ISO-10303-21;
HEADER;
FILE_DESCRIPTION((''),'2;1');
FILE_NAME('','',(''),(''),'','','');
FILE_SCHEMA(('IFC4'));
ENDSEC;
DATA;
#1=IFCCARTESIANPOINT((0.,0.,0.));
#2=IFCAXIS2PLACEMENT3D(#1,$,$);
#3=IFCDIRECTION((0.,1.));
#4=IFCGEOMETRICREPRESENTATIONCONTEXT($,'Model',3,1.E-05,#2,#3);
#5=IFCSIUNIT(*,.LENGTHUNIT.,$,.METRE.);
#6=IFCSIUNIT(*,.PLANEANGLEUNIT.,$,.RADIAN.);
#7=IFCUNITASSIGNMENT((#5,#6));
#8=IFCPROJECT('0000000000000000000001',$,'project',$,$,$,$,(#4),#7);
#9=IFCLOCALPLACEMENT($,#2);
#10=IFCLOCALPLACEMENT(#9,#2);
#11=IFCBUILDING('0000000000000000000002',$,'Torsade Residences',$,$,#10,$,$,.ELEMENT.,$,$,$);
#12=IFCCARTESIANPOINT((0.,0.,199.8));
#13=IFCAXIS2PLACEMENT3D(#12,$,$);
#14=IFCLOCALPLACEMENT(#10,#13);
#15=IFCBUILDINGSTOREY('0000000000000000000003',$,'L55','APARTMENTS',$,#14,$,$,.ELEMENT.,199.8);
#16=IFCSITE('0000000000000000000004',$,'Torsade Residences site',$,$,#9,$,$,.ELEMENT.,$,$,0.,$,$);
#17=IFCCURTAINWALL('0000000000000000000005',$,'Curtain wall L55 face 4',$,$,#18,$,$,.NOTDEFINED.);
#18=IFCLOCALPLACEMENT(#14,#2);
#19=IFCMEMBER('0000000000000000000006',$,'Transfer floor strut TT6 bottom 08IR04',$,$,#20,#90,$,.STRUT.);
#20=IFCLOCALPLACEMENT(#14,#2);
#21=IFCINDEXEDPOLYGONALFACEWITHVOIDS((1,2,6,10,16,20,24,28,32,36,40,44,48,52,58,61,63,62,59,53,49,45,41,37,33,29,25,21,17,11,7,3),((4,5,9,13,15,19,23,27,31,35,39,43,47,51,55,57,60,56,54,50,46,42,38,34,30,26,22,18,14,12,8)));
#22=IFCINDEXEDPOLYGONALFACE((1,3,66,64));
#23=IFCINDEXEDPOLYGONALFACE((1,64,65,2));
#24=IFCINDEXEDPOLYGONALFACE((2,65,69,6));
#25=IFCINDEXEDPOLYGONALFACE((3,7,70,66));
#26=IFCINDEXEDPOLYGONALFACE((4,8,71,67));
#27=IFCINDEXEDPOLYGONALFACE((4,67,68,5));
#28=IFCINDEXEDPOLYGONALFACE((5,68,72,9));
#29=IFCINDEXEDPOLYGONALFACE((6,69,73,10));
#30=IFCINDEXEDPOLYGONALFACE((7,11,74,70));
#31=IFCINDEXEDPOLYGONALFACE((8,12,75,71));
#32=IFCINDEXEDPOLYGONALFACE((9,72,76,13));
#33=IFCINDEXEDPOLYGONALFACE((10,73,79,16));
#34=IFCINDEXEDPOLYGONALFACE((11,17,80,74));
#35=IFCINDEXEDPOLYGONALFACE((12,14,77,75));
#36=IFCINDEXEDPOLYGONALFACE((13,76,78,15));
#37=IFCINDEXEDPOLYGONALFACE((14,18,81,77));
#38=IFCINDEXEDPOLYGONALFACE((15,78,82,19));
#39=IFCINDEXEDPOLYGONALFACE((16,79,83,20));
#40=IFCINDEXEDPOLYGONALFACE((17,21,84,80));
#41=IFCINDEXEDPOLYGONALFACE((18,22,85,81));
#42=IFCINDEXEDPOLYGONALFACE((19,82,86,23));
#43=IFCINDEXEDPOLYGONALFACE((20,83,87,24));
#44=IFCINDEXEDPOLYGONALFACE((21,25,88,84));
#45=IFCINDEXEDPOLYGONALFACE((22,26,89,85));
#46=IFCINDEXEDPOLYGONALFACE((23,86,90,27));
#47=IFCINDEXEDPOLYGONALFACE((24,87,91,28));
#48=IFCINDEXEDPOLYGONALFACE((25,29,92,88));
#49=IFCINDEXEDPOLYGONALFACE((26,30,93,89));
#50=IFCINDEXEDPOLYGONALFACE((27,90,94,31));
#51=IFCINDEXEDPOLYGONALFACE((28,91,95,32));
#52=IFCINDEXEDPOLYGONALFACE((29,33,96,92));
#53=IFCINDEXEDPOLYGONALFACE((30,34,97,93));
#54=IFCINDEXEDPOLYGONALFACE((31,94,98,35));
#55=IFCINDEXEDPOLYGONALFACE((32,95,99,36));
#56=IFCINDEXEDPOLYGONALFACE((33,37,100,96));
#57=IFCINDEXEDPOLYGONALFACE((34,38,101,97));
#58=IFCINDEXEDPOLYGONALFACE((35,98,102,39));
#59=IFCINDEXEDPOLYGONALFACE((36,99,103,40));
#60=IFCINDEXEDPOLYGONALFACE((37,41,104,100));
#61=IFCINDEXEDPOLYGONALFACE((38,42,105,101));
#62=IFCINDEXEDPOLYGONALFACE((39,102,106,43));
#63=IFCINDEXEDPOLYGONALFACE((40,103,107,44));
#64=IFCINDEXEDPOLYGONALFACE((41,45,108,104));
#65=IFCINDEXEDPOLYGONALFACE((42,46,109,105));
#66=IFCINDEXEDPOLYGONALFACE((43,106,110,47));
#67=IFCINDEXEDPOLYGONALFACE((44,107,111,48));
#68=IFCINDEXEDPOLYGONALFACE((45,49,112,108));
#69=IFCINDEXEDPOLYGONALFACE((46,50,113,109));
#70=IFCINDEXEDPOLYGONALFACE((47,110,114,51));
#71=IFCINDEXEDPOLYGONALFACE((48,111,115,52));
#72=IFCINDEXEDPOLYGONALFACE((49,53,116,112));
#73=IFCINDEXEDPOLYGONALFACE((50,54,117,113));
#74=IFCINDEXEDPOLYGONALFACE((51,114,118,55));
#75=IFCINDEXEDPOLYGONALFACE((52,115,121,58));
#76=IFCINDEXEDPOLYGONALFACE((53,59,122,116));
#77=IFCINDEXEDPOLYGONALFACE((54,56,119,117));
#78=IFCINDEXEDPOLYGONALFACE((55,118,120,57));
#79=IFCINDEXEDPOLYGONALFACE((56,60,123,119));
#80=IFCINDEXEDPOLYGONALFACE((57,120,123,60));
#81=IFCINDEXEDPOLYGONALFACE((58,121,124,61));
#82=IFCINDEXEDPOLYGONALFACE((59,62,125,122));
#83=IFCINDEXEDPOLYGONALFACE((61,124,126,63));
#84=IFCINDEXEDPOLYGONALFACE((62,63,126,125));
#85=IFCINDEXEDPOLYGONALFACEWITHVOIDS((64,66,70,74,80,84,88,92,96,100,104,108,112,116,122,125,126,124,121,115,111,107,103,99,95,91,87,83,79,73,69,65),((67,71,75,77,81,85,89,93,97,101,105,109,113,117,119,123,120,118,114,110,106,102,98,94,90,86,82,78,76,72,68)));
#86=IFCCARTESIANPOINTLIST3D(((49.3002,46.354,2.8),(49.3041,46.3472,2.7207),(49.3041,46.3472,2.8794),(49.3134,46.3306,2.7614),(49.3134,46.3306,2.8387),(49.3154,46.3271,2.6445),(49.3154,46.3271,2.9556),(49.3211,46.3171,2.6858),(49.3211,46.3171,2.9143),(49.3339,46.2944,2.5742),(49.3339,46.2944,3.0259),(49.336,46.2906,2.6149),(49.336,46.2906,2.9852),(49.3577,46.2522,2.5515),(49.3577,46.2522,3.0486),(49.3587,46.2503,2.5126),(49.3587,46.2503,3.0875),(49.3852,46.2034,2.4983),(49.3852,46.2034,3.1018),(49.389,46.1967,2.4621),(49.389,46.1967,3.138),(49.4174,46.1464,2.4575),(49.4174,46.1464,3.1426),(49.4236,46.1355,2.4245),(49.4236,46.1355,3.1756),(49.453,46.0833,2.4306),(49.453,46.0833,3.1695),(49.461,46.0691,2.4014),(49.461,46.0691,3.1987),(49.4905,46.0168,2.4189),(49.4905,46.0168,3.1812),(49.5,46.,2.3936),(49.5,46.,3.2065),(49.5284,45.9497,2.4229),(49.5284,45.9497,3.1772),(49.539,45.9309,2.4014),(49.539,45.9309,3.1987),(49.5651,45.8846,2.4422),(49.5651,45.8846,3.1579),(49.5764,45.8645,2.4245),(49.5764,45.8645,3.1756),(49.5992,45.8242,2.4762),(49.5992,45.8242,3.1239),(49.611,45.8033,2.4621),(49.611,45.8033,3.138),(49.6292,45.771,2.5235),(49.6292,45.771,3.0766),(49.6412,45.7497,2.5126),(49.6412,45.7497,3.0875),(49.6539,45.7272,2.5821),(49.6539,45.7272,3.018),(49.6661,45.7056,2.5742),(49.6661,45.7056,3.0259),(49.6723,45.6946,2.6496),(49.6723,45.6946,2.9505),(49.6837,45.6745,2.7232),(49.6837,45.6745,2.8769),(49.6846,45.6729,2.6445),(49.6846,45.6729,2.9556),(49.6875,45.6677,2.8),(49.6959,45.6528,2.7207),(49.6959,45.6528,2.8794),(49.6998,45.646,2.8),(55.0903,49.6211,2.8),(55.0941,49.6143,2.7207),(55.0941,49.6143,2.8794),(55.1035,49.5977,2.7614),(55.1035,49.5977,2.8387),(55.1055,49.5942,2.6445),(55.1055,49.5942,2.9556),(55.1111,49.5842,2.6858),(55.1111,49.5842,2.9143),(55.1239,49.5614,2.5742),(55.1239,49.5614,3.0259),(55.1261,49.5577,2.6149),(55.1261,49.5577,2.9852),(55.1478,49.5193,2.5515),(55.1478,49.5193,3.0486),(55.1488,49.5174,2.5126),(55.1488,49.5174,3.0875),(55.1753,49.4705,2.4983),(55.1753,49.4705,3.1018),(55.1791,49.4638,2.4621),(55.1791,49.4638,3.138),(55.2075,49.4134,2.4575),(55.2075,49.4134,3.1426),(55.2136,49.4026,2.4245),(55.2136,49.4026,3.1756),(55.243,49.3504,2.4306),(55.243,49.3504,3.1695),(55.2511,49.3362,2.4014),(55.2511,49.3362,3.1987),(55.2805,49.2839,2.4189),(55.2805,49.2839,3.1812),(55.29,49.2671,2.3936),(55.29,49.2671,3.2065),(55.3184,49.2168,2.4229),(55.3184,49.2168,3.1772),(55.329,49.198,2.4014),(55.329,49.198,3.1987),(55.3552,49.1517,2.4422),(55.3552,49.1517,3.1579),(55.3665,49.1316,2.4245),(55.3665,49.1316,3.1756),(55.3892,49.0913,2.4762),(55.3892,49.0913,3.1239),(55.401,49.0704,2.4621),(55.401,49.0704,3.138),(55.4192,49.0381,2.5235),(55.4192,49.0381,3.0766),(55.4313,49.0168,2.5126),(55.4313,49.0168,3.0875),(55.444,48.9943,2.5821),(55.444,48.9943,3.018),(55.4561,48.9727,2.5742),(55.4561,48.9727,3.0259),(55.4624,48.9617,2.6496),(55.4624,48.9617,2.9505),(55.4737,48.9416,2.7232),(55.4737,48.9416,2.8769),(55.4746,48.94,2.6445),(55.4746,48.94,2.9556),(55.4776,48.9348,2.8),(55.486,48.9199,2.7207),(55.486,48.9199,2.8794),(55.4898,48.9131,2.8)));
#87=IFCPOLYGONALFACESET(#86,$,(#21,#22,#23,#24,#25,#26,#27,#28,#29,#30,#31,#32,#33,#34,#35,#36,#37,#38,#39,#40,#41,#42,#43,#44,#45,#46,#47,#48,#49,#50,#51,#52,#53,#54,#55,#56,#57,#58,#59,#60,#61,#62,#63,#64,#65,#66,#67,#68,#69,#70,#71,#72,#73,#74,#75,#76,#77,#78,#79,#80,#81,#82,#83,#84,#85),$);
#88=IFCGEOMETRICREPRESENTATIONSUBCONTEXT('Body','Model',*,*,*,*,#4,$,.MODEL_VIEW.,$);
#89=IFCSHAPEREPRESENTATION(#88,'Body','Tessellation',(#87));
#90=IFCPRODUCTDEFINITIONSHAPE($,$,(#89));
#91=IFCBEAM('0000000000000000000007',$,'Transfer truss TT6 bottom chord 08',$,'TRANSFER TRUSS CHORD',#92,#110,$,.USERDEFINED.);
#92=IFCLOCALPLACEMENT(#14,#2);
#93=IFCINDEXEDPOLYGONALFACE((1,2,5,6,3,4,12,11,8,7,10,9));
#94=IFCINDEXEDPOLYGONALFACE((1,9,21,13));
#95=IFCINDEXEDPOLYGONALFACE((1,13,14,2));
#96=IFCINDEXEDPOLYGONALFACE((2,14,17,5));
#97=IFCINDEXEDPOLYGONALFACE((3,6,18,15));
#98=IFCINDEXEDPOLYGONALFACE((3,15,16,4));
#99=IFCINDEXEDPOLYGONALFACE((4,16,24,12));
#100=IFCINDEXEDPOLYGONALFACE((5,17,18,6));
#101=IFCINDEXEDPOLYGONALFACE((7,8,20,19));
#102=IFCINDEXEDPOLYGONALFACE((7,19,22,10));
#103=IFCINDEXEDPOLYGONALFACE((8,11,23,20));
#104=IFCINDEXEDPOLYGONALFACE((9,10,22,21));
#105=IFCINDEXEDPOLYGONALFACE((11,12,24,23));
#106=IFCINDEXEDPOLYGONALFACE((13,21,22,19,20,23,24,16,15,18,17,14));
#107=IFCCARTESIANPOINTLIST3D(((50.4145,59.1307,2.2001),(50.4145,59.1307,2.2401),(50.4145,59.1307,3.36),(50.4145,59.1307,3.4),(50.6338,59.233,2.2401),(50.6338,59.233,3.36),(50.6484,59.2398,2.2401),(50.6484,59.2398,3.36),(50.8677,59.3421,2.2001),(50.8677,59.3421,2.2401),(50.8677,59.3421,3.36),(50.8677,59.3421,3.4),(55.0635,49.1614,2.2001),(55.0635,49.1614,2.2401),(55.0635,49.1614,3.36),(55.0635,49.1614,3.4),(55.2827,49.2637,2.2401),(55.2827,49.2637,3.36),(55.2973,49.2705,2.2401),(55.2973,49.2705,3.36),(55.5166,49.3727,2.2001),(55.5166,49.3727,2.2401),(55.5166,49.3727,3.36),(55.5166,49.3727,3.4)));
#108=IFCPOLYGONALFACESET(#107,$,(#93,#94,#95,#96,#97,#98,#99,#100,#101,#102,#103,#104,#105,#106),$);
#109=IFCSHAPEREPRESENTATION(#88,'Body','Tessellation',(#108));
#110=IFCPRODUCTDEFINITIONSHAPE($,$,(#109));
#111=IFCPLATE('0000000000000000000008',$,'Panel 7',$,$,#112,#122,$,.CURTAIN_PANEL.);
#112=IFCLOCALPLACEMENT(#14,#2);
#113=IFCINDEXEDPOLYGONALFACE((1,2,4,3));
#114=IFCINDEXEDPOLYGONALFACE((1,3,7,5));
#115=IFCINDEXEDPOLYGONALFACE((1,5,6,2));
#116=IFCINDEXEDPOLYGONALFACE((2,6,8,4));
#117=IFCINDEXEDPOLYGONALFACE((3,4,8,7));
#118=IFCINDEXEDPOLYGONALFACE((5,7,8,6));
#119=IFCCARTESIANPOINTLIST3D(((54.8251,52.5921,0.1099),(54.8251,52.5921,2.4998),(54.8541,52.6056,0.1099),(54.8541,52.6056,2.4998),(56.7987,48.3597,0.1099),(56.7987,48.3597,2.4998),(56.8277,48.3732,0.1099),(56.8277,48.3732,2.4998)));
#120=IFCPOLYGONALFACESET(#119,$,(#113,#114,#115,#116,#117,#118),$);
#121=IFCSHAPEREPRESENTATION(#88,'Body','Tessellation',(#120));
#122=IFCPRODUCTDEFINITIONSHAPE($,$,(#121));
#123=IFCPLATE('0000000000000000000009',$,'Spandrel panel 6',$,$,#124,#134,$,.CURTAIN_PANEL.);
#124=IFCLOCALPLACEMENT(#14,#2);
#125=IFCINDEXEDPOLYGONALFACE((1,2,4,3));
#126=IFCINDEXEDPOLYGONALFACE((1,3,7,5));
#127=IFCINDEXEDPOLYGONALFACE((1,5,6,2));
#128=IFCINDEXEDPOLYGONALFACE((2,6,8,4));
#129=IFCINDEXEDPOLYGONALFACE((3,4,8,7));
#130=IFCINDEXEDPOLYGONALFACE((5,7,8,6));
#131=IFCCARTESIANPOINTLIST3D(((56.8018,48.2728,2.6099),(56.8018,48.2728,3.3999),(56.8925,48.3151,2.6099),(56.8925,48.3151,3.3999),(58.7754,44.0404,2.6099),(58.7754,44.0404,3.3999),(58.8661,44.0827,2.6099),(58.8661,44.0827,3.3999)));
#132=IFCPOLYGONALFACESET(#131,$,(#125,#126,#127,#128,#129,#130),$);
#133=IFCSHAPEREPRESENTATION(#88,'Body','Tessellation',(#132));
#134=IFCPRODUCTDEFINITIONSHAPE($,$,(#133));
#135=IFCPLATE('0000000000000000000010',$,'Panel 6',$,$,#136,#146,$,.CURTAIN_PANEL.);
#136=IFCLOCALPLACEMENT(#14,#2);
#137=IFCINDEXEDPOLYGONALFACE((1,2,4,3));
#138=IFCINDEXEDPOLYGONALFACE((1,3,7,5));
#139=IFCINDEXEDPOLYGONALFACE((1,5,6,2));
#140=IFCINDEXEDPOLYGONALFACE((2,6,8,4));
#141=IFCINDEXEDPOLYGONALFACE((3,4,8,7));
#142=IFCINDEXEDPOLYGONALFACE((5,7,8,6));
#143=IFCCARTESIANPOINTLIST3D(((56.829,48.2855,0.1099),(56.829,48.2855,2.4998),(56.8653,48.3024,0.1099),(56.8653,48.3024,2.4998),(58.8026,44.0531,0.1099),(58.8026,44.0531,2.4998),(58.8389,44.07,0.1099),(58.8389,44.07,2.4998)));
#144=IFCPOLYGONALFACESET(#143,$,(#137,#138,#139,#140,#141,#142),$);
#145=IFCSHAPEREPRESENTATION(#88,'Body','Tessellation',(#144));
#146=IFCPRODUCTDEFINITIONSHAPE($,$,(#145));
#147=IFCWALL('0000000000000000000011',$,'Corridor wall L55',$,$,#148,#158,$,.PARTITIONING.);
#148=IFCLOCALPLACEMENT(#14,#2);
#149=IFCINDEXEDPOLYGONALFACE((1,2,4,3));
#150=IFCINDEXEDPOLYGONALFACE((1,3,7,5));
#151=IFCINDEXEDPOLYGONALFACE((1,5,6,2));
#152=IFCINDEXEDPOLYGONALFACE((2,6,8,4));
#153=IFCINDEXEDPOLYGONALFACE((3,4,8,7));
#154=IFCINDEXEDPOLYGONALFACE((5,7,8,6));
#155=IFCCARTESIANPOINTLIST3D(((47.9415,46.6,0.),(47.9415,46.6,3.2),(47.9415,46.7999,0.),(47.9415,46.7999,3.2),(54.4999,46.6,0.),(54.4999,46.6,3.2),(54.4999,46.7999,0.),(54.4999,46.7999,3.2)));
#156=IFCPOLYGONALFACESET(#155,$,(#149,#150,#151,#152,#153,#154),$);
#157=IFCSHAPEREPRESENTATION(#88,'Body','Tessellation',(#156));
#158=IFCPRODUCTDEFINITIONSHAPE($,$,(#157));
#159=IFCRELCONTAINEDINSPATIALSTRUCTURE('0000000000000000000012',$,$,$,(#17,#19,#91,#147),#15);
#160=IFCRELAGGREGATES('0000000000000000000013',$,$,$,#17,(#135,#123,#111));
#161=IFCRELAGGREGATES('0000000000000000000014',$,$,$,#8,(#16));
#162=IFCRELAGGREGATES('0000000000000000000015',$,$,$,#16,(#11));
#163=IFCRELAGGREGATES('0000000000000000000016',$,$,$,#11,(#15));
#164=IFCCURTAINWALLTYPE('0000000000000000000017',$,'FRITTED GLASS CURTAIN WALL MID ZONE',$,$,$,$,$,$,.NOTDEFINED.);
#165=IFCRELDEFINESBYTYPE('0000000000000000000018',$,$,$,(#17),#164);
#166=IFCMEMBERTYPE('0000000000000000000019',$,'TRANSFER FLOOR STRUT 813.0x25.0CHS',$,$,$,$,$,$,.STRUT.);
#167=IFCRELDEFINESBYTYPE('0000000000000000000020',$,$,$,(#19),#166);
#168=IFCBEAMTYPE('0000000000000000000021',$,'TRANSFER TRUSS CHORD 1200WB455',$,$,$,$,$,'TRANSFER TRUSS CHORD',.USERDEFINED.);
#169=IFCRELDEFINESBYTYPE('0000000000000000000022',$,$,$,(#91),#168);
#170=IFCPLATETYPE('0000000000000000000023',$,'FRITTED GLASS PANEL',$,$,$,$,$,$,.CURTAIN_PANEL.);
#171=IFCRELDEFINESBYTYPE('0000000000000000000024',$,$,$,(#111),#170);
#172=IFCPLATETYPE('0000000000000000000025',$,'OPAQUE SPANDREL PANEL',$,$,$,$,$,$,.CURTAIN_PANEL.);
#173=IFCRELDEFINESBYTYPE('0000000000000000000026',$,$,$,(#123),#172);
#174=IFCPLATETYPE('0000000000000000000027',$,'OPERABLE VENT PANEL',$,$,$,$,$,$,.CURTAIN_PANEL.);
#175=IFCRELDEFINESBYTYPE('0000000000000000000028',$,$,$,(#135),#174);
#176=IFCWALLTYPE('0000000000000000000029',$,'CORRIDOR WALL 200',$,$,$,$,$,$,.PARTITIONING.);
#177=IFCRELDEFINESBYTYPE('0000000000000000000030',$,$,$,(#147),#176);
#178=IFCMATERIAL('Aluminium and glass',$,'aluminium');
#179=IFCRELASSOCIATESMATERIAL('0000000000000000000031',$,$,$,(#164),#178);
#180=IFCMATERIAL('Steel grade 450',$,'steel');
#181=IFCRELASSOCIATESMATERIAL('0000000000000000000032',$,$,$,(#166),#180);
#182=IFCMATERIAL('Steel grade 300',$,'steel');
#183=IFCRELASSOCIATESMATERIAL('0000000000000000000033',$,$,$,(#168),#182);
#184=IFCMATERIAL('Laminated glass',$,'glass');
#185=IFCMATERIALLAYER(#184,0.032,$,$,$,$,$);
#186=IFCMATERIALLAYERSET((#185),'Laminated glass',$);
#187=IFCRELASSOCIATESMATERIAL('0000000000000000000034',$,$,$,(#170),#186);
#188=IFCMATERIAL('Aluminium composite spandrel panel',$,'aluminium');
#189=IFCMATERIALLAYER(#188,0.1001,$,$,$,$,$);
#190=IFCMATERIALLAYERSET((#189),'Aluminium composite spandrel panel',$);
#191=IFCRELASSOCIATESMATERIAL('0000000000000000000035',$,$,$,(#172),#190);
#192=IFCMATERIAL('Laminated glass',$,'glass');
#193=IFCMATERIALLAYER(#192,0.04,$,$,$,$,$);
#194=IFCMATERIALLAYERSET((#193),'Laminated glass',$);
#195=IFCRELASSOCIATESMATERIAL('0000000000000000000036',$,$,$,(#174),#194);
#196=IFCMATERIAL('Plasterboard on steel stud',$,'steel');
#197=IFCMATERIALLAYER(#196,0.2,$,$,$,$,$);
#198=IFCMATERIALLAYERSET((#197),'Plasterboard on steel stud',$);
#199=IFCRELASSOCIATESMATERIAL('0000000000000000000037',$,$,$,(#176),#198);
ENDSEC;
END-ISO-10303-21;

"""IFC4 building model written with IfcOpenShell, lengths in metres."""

from ifc_helpers import new_model, si_unit, direction, frame, frame_2d, origin, origin_2d, place, context, subcontext, project, spatial, rectangle, hollow_circle, i_section, extrude, material, layer, layer_set, material_profile, profile_set, type_object, element, aggregate, save


model = new_model("IFC4")

# Units and contexts
model_context = context("Model", 3, precision=1e-05, world=origin(), true_north=direction((0.0, 1.0)))
body_context = subcontext(model_context, "Body", "Model", "MODEL_VIEW")
ifc_project = project(units=[si_unit("LENGTHUNIT", "METRE"), si_unit("PLANEANGLEUNIT", "RADIAN")], contexts=[model_context])

# Site, building, storey
site_placement = place(None, origin())
site = spatial("IfcSite", under=ifc_project, at=site_placement, Name="Torsade Residences site", CompositionType="ELEMENT", RefElevation=0.0)
building_placement = place(site_placement, origin())
building = spatial("IfcBuilding", under=site, at=building_placement, Name="Torsade Residences", CompositionType="ELEMENT")
storey_placement = place(building_placement, frame((0.0, 0.0, 199.8)))
storey = spatial("IfcBuildingStorey", under=building, at=storey_placement, Name="L55", Description="APARTMENTS", CompositionType="ELEMENT", Elevation=199.8)

# Curtain wall
ifc_material_1 = material(Name="Aluminium and glass", Category="aluminium")
curtain_wall_type = type_object("IfcCurtainWallType", Name="FRITTED GLASS CURTAIN WALL MID ZONE", PredefinedType="NOTDEFINED", material=ifc_material_1)
curtain_wall_placement = place(storey_placement, origin())
curtain_wall = element("IfcCurtainWall", 1, at=curtain_wall_placement, inside=storey, type_object=curtain_wall_type, Name="Curtain wall L55 face 4", PredefinedType="NOTDEFINED")

# Member
ifc_material_2 = material(Name="Steel grade 450", Category="steel")
ifc_material_profile_1 = material_profile(ifc_material_2, hollow_circle(Radius=0.4065, WallThickness=0.0249, at=origin_2d()), Name="813.0x25.0CHS")
ifc_profile_set_1 = profile_set([ifc_material_profile_1], Name="Steel grade 450")
member_type_1 = type_object("IfcMemberType", Name="TRANSFER FLOOR STRUT 813.0x25.0CHS", PredefinedType="STRUT", material=ifc_profile_set_1)
member_1_placement = place(storey_placement, frame((55.29, 49.2671, 2.8), z_axis=(-0.87092, -0.491425, 0.0), x_axis=(0.491425, -0.87092, 0.0)))
element("IfcMember", 2, at=member_1_placement, inside=storey, type_object=member_type_1, Name="Transfer floor strut TT6 bottom 08IR04", PredefinedType="STRUT", context=body_context, shape_type="SweptSolid", body=[
    extrude(hollow_circle(Radius=0.4065, WallThickness=0.0249, at=origin_2d()), origin(), (0.0, 0.0, 1.0), 6.6482),
])

# Beam
ifc_material_3 = material(Name="Steel grade 300", Category="steel")
ifc_material_profile_2 = material_profile(ifc_material_3, i_section(OverallWidth=0.5, OverallDepth=1.2, WebThickness=0.0161, FlangeThickness=0.04, at=origin_2d()), Name="1200WB455")
ifc_profile_set_2 = profile_set([ifc_material_profile_2], Name="Steel grade 300")
beam_type_1 = type_object("IfcBeamType", Name="TRANSFER TRUSS CHORD 1200WB455", ElementType="TRANSFER TRUSS CHORD", PredefinedType="USERDEFINED", material=ifc_profile_set_2)
beam_1_placement = place(storey_placement, frame((55.29, 49.2671, 2.8), z_axis=(-0.422633, 0.906301, 0.0), x_axis=(-0.906301, -0.422633, 0.0)))
element("IfcBeam", 3, at=beam_1_placement, inside=storey, type_object=beam_type_1, Name="Transfer truss TT6 bottom chord 08", ObjectType="TRANSFER TRUSS CHORD", PredefinedType="USERDEFINED", context=body_context, shape_type="SweptSolid", body=[
    extrude(i_section(OverallWidth=0.5, OverallDepth=1.2, WebThickness=0.0161, FlangeThickness=0.04, at=origin_2d()), origin(), (0.0, 0.0, 1.0), 11.0),
])

# Plates
ifc_material_4 = material(Name="Laminated glass", Category="glass")
ifc_layer_1 = layer(ifc_material_4, 0.032)
ifc_layer_set_1 = layer_set([ifc_layer_1], Name="Laminated glass")
plate_type_1 = type_object("IfcPlateType", Name="FRITTED GLASS PANEL", PredefinedType="CURTAIN_PANEL", material=ifc_layer_set_1)
plate_1_placement = place(storey_placement, frame((55.8264, 50.4827, 0.1099), z_axis=(0.0, 0.0, 1.0), x_axis=(-0.422618, 0.906308, 0.0)))
plate_1 = element("IfcPlate", 4, at=plate_1_placement, type_object=plate_type_1, Name="Panel 7", PredefinedType="CURTAIN_PANEL", context=body_context, shape_type="SweptSolid", body=[
    extrude(rectangle(XDim=4.6699, YDim=0.032, at=origin_2d()), origin(), (0.0, 0.0, 1.0), 2.3899),
])
ifc_material_5 = material(Name="Aluminium composite spandrel panel", Category="aluminium")
ifc_layer_2 = layer(ifc_material_5, 0.1001)
ifc_layer_set_2 = layer_set([ifc_layer_2], Name="Aluminium composite spandrel panel")
plate_type_2 = type_object("IfcPlateType", Name="OPAQUE SPANDREL PANEL", PredefinedType="CURTAIN_PANEL", material=ifc_layer_set_2)
plate_2_placement = place(storey_placement, frame((57.834, 46.1777, 2.6099), z_axis=(0.0, 0.0, 1.0), x_axis=(-0.422618, 0.906308, 0.0)))
plate_2 = element("IfcPlate", 5, at=plate_2_placement, type_object=plate_type_2, Name="Spandrel panel 6", PredefinedType="CURTAIN_PANEL", context=body_context, shape_type="SweptSolid", body=[
    extrude(rectangle(XDim=4.6699, YDim=0.1001, at=origin_2d()), origin(), (0.0, 0.0, 1.0), 0.79),
])
ifc_material_6 = material(Name="Laminated glass", Category="glass")
ifc_layer_3 = layer(ifc_material_6, 0.04)
ifc_layer_set_3 = layer_set([ifc_layer_3], Name="Laminated glass")
plate_type_3 = type_object("IfcPlateType", Name="OPERABLE VENT PANEL", PredefinedType="CURTAIN_PANEL", material=ifc_layer_set_3)
plate_3_placement = place(storey_placement, frame((57.834, 46.1777, 0.1099), z_axis=(0.0, 0.0, 1.0), x_axis=(-0.422618, 0.906308, 0.0)))
plate_3 = element("IfcPlate", 6, at=plate_3_placement, type_object=plate_type_3, Name="Panel 6", PredefinedType="CURTAIN_PANEL", context=body_context, shape_type="SweptSolid", body=[
    extrude(rectangle(XDim=4.6699, YDim=0.04, at=origin_2d()), origin(), (0.0, 0.0, 1.0), 2.3899),
])
aggregate(curtain_wall, [plate_3, plate_2, plate_1])

# Wall
ifc_material_7 = material(Name="Plasterboard on steel stud", Category="steel")
ifc_layer_4 = layer(ifc_material_7, 0.2)
ifc_layer_set_4 = layer_set([ifc_layer_4], Name="Plasterboard on steel stud")
wall_type_1 = type_object("IfcWallType", Name="CORRIDOR WALL 200", PredefinedType="PARTITIONING", material=ifc_layer_set_4)
wall_1_placement = place(storey_placement, frame((54.5, 46.7, 0.0), z_axis=(0.0, 0.0, 1.0), x_axis=(-1.0, 0.0, 0.0)))
element("IfcWall", 7, at=wall_1_placement, inside=storey, type_object=wall_type_1, Name="Corridor wall L55", PredefinedType="PARTITIONING", context=body_context, shape_type="SweptSolid", body=[
    extrude(rectangle(XDim=6.5583, YDim=0.2, at=frame_2d((3.2793, 0.0))), origin(), (0.0, 0.0, 1.0), 3.2),
])

save(model, "model.ifc")
